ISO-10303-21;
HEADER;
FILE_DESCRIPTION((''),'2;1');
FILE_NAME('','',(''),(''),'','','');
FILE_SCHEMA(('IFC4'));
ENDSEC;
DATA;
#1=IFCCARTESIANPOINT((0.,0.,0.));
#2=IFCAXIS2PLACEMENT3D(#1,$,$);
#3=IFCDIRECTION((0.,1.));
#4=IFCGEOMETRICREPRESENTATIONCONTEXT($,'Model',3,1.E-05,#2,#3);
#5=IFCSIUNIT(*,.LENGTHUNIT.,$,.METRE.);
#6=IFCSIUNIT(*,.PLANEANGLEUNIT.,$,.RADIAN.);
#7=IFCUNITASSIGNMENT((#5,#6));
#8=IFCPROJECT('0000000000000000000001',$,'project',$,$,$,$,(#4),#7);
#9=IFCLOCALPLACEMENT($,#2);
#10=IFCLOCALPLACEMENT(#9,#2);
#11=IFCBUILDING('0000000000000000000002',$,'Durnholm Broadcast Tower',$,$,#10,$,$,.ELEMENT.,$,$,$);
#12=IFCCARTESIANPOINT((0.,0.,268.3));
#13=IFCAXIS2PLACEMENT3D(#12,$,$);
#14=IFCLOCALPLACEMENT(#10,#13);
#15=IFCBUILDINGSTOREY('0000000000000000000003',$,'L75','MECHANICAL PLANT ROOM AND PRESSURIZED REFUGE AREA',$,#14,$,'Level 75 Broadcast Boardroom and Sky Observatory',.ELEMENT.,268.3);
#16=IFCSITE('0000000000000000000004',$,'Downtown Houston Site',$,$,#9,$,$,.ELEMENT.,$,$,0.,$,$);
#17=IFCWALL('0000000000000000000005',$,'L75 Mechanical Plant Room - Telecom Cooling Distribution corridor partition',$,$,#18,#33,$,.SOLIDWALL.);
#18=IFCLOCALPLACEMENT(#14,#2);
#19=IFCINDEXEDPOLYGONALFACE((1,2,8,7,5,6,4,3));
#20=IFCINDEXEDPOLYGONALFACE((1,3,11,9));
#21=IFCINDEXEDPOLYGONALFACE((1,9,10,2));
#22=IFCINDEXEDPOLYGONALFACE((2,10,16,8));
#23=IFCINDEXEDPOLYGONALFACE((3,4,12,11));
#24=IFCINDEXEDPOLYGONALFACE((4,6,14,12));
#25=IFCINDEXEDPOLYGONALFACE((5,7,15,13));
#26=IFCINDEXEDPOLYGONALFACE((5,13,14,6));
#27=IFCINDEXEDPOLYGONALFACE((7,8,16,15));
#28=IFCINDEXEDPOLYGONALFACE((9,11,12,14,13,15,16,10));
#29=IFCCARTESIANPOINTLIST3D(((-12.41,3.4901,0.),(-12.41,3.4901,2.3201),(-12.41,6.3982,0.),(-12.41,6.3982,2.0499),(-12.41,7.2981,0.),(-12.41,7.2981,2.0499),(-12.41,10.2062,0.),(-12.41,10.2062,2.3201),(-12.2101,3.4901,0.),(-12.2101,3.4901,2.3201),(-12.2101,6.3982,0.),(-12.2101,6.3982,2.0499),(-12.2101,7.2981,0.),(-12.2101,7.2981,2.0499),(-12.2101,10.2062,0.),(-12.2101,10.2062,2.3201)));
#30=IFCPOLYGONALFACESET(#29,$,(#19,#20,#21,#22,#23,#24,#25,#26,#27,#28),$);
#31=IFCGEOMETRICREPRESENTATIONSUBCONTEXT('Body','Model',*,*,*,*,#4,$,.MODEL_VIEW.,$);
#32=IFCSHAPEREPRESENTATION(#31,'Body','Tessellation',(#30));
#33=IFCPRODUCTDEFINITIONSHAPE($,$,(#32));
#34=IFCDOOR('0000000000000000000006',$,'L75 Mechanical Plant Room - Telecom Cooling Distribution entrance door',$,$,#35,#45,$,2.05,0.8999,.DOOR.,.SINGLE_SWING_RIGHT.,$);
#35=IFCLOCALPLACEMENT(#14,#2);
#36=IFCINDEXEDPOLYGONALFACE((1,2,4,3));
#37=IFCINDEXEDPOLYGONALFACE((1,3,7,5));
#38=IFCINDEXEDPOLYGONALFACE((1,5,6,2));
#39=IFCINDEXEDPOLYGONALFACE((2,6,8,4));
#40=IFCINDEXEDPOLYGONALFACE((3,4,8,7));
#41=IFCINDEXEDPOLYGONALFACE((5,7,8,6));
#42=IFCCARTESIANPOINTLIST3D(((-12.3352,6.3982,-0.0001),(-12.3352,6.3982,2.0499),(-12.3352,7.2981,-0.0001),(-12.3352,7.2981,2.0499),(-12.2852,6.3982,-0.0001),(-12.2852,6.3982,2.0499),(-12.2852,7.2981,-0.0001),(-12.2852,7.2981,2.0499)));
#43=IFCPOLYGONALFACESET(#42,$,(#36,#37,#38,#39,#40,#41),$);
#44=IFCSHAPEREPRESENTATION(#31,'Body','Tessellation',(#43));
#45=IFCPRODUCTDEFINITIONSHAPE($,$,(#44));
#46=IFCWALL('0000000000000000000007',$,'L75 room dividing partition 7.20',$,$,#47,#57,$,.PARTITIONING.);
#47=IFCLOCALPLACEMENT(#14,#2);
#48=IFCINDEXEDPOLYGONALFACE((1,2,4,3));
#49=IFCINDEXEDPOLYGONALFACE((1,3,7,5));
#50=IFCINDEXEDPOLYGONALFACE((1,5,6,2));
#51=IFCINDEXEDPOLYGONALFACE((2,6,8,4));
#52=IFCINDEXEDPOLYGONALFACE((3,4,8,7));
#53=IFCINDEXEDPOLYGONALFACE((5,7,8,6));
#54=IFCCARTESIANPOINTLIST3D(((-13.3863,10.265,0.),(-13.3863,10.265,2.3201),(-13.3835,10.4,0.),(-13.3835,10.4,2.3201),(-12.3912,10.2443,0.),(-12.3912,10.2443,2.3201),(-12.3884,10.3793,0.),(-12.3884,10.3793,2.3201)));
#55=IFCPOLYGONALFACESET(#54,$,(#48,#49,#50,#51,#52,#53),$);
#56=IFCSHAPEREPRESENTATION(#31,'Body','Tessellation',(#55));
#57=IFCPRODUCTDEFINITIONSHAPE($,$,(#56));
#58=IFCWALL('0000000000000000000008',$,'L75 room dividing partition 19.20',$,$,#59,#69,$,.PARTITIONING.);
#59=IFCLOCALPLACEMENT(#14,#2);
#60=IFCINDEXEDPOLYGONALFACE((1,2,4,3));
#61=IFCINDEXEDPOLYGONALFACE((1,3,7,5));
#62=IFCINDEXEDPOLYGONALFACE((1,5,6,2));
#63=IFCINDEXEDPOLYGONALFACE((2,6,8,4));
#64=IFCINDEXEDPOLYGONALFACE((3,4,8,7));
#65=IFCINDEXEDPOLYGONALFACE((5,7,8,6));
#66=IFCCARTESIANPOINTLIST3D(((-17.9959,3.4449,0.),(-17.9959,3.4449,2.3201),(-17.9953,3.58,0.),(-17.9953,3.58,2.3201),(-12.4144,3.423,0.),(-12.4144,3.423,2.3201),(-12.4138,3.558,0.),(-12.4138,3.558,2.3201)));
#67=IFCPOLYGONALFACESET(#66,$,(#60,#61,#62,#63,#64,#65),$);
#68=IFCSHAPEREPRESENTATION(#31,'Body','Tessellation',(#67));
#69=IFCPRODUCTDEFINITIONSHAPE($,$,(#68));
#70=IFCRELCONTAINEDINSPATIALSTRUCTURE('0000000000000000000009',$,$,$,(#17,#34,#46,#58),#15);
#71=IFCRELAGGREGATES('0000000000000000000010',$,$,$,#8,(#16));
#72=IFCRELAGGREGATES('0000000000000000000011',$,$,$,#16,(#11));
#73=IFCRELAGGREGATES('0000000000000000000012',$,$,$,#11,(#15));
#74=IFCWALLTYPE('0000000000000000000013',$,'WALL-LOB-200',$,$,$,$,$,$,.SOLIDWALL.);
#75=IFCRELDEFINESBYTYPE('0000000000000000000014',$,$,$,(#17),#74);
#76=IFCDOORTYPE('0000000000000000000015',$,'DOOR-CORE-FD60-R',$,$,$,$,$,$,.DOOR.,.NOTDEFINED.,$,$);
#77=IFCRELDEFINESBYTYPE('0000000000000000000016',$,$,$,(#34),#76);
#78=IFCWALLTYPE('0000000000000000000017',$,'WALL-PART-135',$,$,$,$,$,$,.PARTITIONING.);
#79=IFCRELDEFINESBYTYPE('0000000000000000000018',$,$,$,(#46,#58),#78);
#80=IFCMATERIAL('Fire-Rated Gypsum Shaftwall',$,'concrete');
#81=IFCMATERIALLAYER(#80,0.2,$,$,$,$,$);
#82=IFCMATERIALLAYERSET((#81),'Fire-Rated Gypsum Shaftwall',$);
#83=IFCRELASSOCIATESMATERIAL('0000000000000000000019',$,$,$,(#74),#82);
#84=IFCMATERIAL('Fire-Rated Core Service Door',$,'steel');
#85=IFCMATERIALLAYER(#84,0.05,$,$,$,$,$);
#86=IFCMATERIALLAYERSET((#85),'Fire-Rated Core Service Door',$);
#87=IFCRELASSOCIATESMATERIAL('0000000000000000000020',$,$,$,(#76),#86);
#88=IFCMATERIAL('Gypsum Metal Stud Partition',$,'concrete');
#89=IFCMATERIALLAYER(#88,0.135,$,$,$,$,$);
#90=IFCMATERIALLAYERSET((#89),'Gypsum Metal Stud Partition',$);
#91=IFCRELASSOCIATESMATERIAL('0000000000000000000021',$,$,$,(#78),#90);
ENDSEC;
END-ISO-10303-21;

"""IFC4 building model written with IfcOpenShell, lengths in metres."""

from ifc_helpers import new_model, si_unit, direction, frame, frame_2d, origin, place, context, subcontext, project, spatial, rectangle, extrude, source, transform, mapped, material, layer, layer_set, type_object, type_shapes, element, fill, save


model = new_model("IFC4")

# Units and contexts
model_context = context("Model", 3, precision=1e-05, world=origin(), true_north=direction((0.0, 1.0)))
body_context = subcontext(model_context, "Body", "Model", "MODEL_VIEW")
ifc_project = project(units=[si_unit("LENGTHUNIT", "METRE"), si_unit("PLANEANGLEUNIT", "RADIAN")], contexts=[model_context])

# Site, building, storey
site_placement = place(None, origin())
site = spatial("IfcSite", under=ifc_project, at=site_placement, Name="Downtown Houston Site", CompositionType="ELEMENT", RefElevation=0.0)
building_placement = place(site_placement, origin())
building = spatial("IfcBuilding", under=site, at=building_placement, Name="Durnholm Broadcast Tower", CompositionType="ELEMENT")
storey_placement = place(building_placement, frame((0.0, 0.0, 268.3)))
storey = spatial("IfcBuildingStorey", under=building, at=storey_placement, Name="L75", Description="MECHANICAL PLANT ROOM AND PRESSURIZED REFUGE AREA", LongName="Level 75 Broadcast Boardroom and Sky Observatory", CompositionType="ELEMENT", Elevation=268.3)

# Wall, opening, door
ifc_material_1 = material(Name="Fire-Rated Gypsum Shaftwall", Category="concrete")
ifc_layer_1 = layer(ifc_material_1, 0.2)
ifc_layer_set_1 = layer_set([ifc_layer_1], Name="Fire-Rated Gypsum Shaftwall")
wall_type_1 = type_object("IfcWallType", Name="WALL-LOB-200", PredefinedType="SOLIDWALL", material=ifc_layer_set_1)
ifc_material_2 = material(Name="Fire-Rated Core Service Door", Category="steel")
wall_1_placement = place(storey_placement, frame((-12.3101, 10.2061, 0.0), z_axis=(0.0, 0.0, 1.0), x_axis=(0.0, -1.0, 0.0)))
wall_1 = element("IfcWall", 1, at=wall_1_placement, inside=storey, type_object=wall_type_1, Name="L75 Mechanical Plant Room - Telecom Cooling Distribution corridor partition", PredefinedType="SOLIDWALL", context=body_context, shape_type="SweptSolid", body=[
    extrude(rectangle(XDim=6.7161, YDim=0.2, at=frame_2d((3.3579, 0.0))), origin(), (0.0, 0.0, 1.0), 2.3201),
])
opening_1_placement = place(wall_1_placement, frame((2.908, 0.0, 0.0)))
opening_1 = element("IfcOpeningElement", 2, at=opening_1_placement, cuts=wall_1, PredefinedType="OPENING", context=body_context, shape_type="SweptSolid", body=[
    extrude(rectangle(XDim=0.8999, YDim=2.05, at=frame_2d((0.45, 1.0249))), frame((0.0, 0.1099, 0.0), z_axis=(0.0, -1.0, 0.0), x_axis=(1.0, 0.0, 0.0)), (0.0, 0.0, 1.0), 0.22),
])
ifc_layer_2 = layer(ifc_material_2, 0.05)
ifc_layer_set_2 = layer_set([ifc_layer_2], Name="Fire-Rated Core Service Door")
door_type_1 = type_object("IfcDoorType", Name="DOOR-CORE-FD60-R", OperationType="NOTDEFINED", PredefinedType="DOOR", material=ifc_layer_set_2)
shared_shape_1 = source(origin(), body_context, "Body", "SweptSolid", [
    extrude(rectangle(XDim=0.8999, YDim=2.05, at=frame_2d((0.45, 1.0249))), frame((0.0, 0.0249, 0.0), z_axis=(0.0, -1.0, 0.0), x_axis=(1.0, 0.0, 0.0)), (0.0, 0.0, 1.0), 0.05),
])
type_shapes(door_type_1, [shared_shape_1])
door_1_placement = place(opening_1_placement, origin())
door_1 = element("IfcDoor", 3, at=door_1_placement, inside=storey, type_object=door_type_1, Name="L75 Mechanical Plant Room - Telecom Cooling Distribution entrance door", OperationType="SINGLE_SWING_RIGHT", OverallHeight=2.05, OverallWidth=0.8999, PredefinedType="DOOR", context=body_context, shape_type="MappedRepresentation", body=[
    mapped(shared_shape_1, transform((0.0, 0.0, 0.0), x_axis=(1.0, 0.0, 0.0), y_axis=(0.0, 1.0, 0.0), z_axis=(0.0, 0.0, 1.0), scale=1.0)),
])
fill(opening_1, door_1)

# Walls
ifc_material_3 = material(Name="Gypsum Metal Stud Partition", Category="concrete")
ifc_layer_3 = layer(ifc_material_3, 0.135)
ifc_layer_set_3 = layer_set([ifc_layer_3], Name="Gypsum Metal Stud Partition")
wall_type_2 = type_object("IfcWallType", Name="WALL-PART-135", PredefinedType="PARTITIONING", material=ifc_layer_set_3)
wall_2_placement = place(storey_placement, frame((-12.3899, 10.3118, 0.0), z_axis=(0.0, 0.0, 1.0), x_axis=(-0.999783, 0.020849, 0.0)))
element("IfcWall", 4, at=wall_2_placement, inside=storey, type_object=wall_type_2, Name="L75 room dividing partition 7.20", PredefinedType="PARTITIONING", context=body_context, shape_type="SweptSolid", body=[
    extrude(rectangle(XDim=0.9954, YDim=0.135, at=frame_2d((0.4976, 0.0))), origin(), (0.0, 0.0, 1.0), 2.3201),
])
wall_3_placement = place(storey_placement, frame((-17.9956, 3.5125, 0.0), z_axis=(0.0, 0.0, 1.0), x_axis=(0.999992, -0.003937, 0.0)))
element("IfcWall", 5, at=wall_3_placement, inside=storey, type_object=wall_type_2, Name="L75 room dividing partition 19.20", PredefinedType="PARTITIONING", context=body_context, shape_type="SweptSolid", body=[
    extrude(rectangle(XDim=5.5815, YDim=0.135, at=frame_2d((2.7908, 0.0))), origin(), (0.0, 0.0, 1.0), 2.3201),
])

save(model, "model.ifc")
